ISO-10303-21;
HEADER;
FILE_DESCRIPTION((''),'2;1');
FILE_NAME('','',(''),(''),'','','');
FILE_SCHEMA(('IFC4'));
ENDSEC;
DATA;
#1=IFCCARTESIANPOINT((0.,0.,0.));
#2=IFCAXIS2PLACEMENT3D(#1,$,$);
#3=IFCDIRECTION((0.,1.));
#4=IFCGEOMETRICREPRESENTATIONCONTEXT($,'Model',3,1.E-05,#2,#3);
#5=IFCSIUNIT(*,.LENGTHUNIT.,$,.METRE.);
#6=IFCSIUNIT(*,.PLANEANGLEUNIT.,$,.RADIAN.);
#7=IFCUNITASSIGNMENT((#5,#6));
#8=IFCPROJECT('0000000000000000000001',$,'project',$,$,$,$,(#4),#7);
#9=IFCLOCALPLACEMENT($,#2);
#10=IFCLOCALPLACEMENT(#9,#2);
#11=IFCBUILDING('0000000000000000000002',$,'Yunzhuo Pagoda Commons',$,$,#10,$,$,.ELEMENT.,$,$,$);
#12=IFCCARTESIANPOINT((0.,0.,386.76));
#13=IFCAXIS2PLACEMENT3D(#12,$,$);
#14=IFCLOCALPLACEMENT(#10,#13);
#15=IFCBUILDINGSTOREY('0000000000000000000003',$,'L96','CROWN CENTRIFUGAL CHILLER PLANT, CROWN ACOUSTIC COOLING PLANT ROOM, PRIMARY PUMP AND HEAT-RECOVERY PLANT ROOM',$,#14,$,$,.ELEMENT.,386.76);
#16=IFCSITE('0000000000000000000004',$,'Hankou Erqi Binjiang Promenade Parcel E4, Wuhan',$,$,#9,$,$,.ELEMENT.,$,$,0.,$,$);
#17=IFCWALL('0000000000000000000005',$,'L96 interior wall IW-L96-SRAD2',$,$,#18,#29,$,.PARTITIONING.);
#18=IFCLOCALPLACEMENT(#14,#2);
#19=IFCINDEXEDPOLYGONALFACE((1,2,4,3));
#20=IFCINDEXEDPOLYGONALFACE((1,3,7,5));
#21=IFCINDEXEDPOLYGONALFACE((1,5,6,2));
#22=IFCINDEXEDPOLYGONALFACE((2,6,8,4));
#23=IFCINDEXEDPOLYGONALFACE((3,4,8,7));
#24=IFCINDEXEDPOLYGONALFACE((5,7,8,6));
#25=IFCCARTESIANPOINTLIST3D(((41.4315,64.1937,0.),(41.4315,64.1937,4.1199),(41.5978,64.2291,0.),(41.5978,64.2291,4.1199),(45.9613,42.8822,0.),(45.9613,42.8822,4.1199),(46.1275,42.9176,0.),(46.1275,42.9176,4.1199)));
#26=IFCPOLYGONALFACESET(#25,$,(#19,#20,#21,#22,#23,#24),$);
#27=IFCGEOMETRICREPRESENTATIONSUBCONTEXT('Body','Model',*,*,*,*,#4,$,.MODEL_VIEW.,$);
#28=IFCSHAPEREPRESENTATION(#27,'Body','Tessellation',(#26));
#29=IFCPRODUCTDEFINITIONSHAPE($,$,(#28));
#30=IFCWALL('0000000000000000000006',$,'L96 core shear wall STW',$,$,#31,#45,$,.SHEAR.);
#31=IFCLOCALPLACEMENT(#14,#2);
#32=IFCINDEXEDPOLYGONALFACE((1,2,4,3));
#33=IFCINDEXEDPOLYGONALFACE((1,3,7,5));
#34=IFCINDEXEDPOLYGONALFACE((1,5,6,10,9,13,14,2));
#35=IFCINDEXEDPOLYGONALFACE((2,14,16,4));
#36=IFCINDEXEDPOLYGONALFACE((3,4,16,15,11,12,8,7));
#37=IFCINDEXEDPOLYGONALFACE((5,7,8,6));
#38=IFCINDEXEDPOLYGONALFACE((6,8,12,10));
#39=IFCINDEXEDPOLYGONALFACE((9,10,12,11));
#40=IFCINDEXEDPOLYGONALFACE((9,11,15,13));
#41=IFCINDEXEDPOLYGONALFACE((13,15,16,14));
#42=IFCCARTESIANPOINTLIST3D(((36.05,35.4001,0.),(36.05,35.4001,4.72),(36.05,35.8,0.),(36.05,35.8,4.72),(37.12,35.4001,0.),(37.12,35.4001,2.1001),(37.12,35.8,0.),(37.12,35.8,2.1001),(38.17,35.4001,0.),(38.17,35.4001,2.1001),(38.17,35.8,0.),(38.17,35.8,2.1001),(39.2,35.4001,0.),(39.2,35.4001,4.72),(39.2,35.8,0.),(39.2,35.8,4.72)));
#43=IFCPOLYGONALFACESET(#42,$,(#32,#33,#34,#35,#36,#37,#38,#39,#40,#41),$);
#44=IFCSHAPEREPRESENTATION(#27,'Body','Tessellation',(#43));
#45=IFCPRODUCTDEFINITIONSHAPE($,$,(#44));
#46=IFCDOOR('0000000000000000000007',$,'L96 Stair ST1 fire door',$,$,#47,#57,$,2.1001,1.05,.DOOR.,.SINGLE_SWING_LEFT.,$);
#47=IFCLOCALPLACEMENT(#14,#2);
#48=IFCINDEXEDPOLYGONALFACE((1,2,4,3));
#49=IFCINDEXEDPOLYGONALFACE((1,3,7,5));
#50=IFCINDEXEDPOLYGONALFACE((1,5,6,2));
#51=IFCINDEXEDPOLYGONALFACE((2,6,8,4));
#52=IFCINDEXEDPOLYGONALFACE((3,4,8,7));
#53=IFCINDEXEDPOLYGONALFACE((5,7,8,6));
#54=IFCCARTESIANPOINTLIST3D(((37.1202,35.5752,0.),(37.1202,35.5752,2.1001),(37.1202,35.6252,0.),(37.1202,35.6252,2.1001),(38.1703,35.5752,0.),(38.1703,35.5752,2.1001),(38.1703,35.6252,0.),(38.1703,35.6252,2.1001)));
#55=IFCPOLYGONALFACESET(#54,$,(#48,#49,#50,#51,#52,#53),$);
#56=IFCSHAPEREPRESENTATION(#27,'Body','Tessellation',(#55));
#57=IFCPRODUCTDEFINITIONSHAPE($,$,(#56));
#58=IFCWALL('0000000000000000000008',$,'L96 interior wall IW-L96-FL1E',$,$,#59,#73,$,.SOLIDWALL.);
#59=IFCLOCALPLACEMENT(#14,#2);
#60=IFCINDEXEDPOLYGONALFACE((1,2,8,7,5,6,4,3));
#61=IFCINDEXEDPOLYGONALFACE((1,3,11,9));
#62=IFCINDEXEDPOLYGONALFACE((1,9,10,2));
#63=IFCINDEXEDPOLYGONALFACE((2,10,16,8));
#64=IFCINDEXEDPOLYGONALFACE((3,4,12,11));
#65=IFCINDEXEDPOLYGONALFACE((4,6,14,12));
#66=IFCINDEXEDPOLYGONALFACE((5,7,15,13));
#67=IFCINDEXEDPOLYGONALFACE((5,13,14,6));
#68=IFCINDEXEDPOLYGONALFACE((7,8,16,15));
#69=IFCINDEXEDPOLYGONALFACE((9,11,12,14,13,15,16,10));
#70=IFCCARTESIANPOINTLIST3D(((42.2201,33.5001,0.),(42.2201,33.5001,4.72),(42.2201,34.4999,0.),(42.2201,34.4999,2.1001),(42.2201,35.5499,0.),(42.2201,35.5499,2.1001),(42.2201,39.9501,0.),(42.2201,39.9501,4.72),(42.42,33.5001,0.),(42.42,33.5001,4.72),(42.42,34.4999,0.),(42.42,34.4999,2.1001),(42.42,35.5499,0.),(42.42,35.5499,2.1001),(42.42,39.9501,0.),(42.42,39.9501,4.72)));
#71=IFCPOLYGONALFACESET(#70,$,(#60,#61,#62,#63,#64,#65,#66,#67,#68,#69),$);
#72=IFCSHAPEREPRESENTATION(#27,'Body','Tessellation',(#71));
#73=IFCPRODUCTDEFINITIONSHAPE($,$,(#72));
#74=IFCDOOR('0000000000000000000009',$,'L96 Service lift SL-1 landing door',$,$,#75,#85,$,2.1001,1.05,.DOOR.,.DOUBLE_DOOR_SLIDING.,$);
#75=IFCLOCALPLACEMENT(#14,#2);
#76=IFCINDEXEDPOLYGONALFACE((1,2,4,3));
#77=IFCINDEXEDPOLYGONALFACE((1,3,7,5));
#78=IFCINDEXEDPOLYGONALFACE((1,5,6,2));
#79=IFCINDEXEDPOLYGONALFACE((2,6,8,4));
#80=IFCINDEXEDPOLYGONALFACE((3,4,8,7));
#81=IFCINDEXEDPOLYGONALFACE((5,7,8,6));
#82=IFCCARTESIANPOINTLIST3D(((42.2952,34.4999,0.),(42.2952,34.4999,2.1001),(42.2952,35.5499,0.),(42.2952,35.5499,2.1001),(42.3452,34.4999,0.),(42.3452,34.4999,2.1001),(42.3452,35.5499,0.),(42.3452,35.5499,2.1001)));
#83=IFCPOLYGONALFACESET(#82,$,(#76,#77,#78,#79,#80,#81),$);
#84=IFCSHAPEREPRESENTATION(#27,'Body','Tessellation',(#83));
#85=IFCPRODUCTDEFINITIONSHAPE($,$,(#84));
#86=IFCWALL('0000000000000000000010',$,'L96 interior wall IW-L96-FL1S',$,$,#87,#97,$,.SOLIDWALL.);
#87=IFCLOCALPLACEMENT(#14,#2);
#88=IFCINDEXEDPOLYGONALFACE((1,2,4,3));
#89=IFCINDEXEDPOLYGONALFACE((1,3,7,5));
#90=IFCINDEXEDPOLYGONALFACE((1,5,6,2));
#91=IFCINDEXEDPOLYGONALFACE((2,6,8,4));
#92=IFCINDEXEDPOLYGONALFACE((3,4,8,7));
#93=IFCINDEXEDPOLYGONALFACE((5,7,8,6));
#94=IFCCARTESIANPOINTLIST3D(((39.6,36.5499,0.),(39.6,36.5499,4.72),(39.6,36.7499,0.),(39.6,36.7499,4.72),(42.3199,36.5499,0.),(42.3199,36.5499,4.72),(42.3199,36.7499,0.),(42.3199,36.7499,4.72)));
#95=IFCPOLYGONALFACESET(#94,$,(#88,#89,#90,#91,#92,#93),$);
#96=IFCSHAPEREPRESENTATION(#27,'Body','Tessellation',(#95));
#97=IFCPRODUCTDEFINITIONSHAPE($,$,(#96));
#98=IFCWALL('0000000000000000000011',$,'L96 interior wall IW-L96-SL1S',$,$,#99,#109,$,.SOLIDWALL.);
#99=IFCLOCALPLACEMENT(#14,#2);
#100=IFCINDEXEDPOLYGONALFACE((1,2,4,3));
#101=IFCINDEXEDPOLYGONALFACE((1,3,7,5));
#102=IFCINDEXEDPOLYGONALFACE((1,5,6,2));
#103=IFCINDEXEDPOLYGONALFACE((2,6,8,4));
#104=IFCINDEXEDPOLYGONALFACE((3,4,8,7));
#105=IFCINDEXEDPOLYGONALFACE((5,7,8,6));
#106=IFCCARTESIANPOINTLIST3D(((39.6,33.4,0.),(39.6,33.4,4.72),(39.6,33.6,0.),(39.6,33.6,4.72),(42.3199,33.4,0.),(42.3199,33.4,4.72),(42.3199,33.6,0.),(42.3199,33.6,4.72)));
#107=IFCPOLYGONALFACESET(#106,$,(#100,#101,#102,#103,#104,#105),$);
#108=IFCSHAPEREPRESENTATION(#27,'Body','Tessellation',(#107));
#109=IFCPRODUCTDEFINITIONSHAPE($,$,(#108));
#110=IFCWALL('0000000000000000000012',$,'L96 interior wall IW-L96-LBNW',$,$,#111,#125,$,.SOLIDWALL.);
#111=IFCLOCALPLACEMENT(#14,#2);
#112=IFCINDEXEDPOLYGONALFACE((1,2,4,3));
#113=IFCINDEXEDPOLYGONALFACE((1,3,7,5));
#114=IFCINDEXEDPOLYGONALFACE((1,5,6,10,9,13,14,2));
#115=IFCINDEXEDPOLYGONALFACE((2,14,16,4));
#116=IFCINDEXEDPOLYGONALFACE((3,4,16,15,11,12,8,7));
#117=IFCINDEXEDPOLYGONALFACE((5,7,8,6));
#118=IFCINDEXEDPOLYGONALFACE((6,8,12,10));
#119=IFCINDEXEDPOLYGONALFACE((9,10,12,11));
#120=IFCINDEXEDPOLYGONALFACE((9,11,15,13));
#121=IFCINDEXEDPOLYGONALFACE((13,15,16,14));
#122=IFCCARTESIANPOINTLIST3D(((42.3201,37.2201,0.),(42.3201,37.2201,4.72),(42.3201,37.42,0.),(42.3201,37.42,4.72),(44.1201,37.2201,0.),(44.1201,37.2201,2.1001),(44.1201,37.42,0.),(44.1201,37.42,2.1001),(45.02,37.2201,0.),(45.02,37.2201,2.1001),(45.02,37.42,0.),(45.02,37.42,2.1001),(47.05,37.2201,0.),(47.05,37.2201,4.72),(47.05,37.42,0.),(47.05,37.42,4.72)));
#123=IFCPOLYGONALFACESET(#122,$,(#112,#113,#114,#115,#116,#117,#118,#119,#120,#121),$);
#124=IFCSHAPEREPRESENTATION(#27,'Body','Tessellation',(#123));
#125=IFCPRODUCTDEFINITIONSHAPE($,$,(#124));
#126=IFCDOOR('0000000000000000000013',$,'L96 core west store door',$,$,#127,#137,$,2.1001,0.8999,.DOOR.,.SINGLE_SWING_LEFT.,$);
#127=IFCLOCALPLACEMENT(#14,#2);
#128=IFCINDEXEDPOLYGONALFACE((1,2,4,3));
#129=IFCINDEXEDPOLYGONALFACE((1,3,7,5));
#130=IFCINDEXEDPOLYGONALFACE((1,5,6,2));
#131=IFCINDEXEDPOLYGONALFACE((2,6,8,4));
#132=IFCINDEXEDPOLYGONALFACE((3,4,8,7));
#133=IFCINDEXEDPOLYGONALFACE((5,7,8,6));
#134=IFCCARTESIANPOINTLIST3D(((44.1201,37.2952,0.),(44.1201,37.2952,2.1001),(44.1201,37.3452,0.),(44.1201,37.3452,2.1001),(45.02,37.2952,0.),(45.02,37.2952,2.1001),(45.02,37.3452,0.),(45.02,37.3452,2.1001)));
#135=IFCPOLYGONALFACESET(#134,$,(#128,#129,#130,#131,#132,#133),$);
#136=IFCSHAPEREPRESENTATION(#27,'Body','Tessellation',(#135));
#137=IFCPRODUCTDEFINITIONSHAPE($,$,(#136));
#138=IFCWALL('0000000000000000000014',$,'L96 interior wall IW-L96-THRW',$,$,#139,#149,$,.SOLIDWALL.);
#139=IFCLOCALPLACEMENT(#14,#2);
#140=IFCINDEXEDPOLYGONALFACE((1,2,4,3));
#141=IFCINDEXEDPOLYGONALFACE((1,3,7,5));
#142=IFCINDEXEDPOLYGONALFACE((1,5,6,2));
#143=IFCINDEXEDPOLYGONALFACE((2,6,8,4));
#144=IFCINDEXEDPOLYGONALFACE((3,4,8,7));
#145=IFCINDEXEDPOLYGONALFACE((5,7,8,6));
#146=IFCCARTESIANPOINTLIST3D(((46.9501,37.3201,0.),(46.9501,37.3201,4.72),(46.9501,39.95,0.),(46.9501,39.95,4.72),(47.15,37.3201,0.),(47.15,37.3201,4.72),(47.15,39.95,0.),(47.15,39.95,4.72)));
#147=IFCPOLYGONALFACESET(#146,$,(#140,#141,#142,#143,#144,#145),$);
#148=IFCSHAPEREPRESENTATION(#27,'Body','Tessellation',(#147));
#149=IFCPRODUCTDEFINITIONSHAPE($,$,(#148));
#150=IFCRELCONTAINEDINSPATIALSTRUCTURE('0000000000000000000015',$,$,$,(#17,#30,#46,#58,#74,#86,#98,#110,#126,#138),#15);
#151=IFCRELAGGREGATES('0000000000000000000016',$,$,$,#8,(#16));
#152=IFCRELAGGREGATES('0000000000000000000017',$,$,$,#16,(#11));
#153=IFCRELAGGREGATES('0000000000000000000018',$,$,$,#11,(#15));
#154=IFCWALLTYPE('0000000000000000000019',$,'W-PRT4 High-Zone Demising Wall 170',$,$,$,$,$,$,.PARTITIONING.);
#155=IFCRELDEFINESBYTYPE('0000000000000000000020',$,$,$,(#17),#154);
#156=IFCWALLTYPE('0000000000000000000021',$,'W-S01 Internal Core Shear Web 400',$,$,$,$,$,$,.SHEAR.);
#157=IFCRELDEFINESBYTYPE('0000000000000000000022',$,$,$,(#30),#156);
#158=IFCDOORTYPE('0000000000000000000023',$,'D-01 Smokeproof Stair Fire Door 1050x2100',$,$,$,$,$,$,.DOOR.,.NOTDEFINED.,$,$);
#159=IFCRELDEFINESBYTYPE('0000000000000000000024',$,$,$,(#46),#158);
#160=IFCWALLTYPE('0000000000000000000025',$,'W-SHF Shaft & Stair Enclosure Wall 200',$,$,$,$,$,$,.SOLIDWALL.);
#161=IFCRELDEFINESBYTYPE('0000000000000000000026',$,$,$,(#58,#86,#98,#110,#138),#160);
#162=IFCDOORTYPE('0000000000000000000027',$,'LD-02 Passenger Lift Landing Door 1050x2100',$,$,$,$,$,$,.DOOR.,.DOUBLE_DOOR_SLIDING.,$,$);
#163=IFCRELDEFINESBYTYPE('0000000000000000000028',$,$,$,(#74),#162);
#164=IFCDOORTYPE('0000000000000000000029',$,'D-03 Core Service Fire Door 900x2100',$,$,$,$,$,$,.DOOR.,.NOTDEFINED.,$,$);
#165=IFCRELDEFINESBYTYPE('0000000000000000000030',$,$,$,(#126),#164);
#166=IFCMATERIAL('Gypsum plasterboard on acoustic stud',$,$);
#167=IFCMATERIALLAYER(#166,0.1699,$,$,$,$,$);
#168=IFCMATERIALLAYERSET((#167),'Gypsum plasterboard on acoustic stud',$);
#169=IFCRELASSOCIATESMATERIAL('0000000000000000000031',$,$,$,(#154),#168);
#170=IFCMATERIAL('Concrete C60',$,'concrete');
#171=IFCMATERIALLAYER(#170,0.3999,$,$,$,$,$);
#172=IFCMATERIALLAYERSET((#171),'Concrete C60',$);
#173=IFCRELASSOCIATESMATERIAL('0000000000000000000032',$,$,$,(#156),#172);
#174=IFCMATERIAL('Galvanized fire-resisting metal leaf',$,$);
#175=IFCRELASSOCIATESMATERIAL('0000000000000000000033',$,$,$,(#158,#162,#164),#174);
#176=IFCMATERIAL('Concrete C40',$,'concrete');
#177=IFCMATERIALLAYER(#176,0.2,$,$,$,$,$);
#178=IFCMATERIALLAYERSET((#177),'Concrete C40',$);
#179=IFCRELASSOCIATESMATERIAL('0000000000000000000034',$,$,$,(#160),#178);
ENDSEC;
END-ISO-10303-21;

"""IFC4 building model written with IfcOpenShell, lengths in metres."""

from ifc_helpers import new_model, si_unit, direction, frame, frame_2d, origin, origin_with_axes, place, context, subcontext, project, spatial, rectangle, extrude, source, transform, mapped, material, layer, layer_set, type_object, element, fill, save


model = new_model("IFC4")

# Units and contexts
model_context = context("Model", 3, precision=1e-05, world=origin(), true_north=direction((0.0, 1.0)))
body_context = subcontext(model_context, "Body", "Model", "MODEL_VIEW")
ifc_project = project(units=[si_unit("LENGTHUNIT", "METRE"), si_unit("PLANEANGLEUNIT", "RADIAN")], contexts=[model_context])

# Site, building, storey
site_placement = place(None, origin())
site = spatial("IfcSite", under=ifc_project, at=site_placement, Name="Hankou Erqi Binjiang Promenade Parcel E4, Wuhan", CompositionType="ELEMENT", RefElevation=0.0)
building_placement = place(site_placement, origin())
building = spatial("IfcBuilding", under=site, at=building_placement, Name="Yunzhuo Pagoda Commons", CompositionType="ELEMENT")
storey_placement = place(building_placement, frame((0.0, 0.0, 386.76)))
storey = spatial("IfcBuildingStorey", under=building, at=storey_placement, Name="L96", Description="CROWN CENTRIFUGAL CHILLER PLANT, CROWN ACOUSTIC COOLING PLANT ROOM, PRIMARY PUMP AND HEAT-RECOVERY PLANT ROOM", CompositionType="ELEMENT", Elevation=386.76)

# Shared definitions
ifc_material_1 = material(Name="Galvanized fire-resisting metal leaf")
shared_shape_1 = source(origin(), body_context, "Body", "SweptSolid", [
    extrude(rectangle(XDim=1.05, YDim=2.1001, at=frame_2d((0.5249, 1.05))), frame((0.0, 0.0249, 0.0), z_axis=(0.0, -1.0, 0.0), x_axis=(1.0, 0.0, 0.0)), (0.0, 0.0, 1.0), 0.05),
])

# Wall
ifc_material_2 = material(Name="Gypsum plasterboard on acoustic stud")
ifc_layer_1 = layer(ifc_material_2, 0.1699)
ifc_layer_set_1 = layer_set([ifc_layer_1], Name="Gypsum plasterboard on acoustic stud")
wall_type_1 = type_object("IfcWallType", Name="W-PRT4 High-Zone Demising Wall 170", PredefinedType="PARTITIONING", material=ifc_layer_set_1)
wall_1_placement = place(storey_placement, frame((46.0444, 42.8999, 0.0), z_axis=(0.0, 0.0, 1.0), x_axis=(-0.207906, 0.978149, 0.0)))
element("IfcWall", 1, at=wall_1_placement, inside=storey, type_object=wall_type_1, Name="L96 interior wall IW-L96-SRAD2", PredefinedType="PARTITIONING", context=body_context, shape_type="SweptSolid", body=[
    extrude(rectangle(XDim=21.7876, YDim=0.1699, at=frame_2d((10.8938, 0.0))), origin(), (0.0, 0.0, 1.0), 4.1199),
])

# Walls, openings, doors
ifc_material_3 = material(Name="Concrete C60", Category="concrete")
ifc_layer_2 = layer(ifc_material_3, 0.3999)
ifc_layer_set_2 = layer_set([ifc_layer_2], Name="Concrete C60")
wall_type_2 = type_object("IfcWallType", Name="W-S01 Internal Core Shear Web 400", PredefinedType="SHEAR", material=ifc_layer_set_2)
wall_2_placement = place(storey_placement, frame((36.05, 35.6001, 0.0), z_axis=(0.0, 0.0, 1.0), x_axis=(1.0, 0.0, 0.0)))
wall_2 = element("IfcWall", 2, at=wall_2_placement, inside=storey, type_object=wall_type_2, Name="L96 core shear wall STW", PredefinedType="SHEAR", context=body_context, shape_type="SweptSolid", body=[
    extrude(rectangle(XDim=3.1499, YDim=0.3999, at=frame_2d((1.575, 0.0))), origin(), (0.0, 0.0, 1.0), 4.72),
])
opening_1_placement = place(wall_2_placement, frame((1.0701, 0.0, 0.0)))
opening_1 = element("IfcOpeningElement", 3, at=opening_1_placement, cuts=wall_2, PredefinedType="OPENING", context=body_context, shape_type="SweptSolid", body=[
    extrude(rectangle(XDim=1.05, YDim=2.1001, at=frame_2d((0.5249, 1.05))), frame((0.0, 0.21, 0.0), z_axis=(0.0, -1.0, 0.0), x_axis=(1.0, 0.0, 0.0)), (0.0, 0.0, 1.0), 0.4199),
])
door_type_1 = type_object("IfcDoorType", Name="D-01 Smokeproof Stair Fire Door 1050x2100", OperationType="NOTDEFINED", PredefinedType="DOOR", material=ifc_material_1)
door_1_placement = place(opening_1_placement, frame((1.05, 0.0, 0.0), z_axis=(0.0, 0.0, 1.0), x_axis=(-1.0, 0.0, 0.0)))
door_1 = element("IfcDoor", 4, at=door_1_placement, inside=storey, type_object=door_type_1, Name="L96 Stair ST1 fire door", OperationType="SINGLE_SWING_LEFT", OverallHeight=2.1001, OverallWidth=1.05, PredefinedType="DOOR", context=body_context, shape_type="MappedRepresentation", body=[
    mapped(shared_shape_1, transform((0.0, 0.0, 0.0), scale=1.0)),
])
fill(opening_1, door_1)
ifc_material_4 = material(Name="Concrete C40", Category="concrete")
ifc_layer_3 = layer(ifc_material_4, 0.2)
ifc_layer_set_3 = layer_set([ifc_layer_3], Name="Concrete C40")
wall_type_3 = type_object("IfcWallType", Name="W-SHF Shaft & Stair Enclosure Wall 200", PredefinedType="SOLIDWALL", material=ifc_layer_set_3)
wall_3_placement = place(storey_placement, frame((42.3201, 33.5, 0.0), z_axis=(0.0, 0.0, 1.0), x_axis=(0.0, 1.0, 0.0)))
wall_3 = element("IfcWall", 5, at=wall_3_placement, inside=storey, type_object=wall_type_3, Name="L96 interior wall IW-L96-FL1E", PredefinedType="SOLIDWALL", context=body_context, shape_type="SweptSolid", body=[
    extrude(rectangle(XDim=6.45, YDim=0.2, at=frame_2d((3.2251, 0.0))), origin(), (0.0, 0.0, 1.0), 4.72),
])
opening_2_placement = place(wall_3_placement, frame((1.0, 0.0, 0.0)))
opening_2 = element("IfcOpeningElement", 6, at=opening_2_placement, cuts=wall_3, PredefinedType="OPENING", context=body_context, shape_type="SweptSolid", body=[
    extrude(rectangle(XDim=1.05, YDim=2.1001, at=frame_2d((0.5249, 1.05))), frame((0.0, 0.1099, 0.0), z_axis=(0.0, -1.0, 0.0), x_axis=(1.0, 0.0, 0.0)), (0.0, 0.0, 1.0), 0.22),
])
door_type_2 = type_object("IfcDoorType", Name="LD-02 Passenger Lift Landing Door 1050x2100", OperationType="DOUBLE_DOOR_SLIDING", PredefinedType="DOOR", material=ifc_material_1)
door_2_placement = place(opening_2_placement, origin_with_axes())
door_2 = element("IfcDoor", 7, at=door_2_placement, inside=storey, type_object=door_type_2, Name="L96 Service lift SL-1 landing door", OperationType="DOUBLE_DOOR_SLIDING", OverallHeight=2.1001, OverallWidth=1.05, PredefinedType="DOOR", context=body_context, shape_type="MappedRepresentation", body=[
    mapped(shared_shape_1, transform((0.0, 0.0, 0.0), scale=1.0)),
])
fill(opening_2, door_2)

# Walls
for number, where, z_axis, x_axis, name in (
    (8, (39.6001, 36.6499, 0.0), (0.0, 0.0, 1.0), (1.0, 0.0, 0.0), "L96 interior wall IW-L96-FL1S"),
    (9, (39.6001, 33.5, 0.0), (0.0, 0.0, 1.0), (1.0, 0.0, 0.0), "L96 interior wall IW-L96-SL1S"),
):
    element("IfcWall", number, at=place(storey_placement, frame(where, z_axis=z_axis, x_axis=x_axis)), inside=storey, type_object=wall_type_3, Name=name, PredefinedType="SOLIDWALL", context=body_context, shape_type="SweptSolid", body=[
        extrude(rectangle(XDim=2.72, YDim=0.2, at=frame_2d((1.3599, 0.0))), origin(), (0.0, 0.0, 1.0), 4.72),
    ])

# Wall, opening, door
wall_4_placement = place(storey_placement, frame((42.3201, 37.3201, 0.0), z_axis=(0.0, 0.0, 1.0), x_axis=(1.0, 0.0, 0.0)))
wall_4 = element("IfcWall", 10, at=wall_4_placement, inside=storey, type_object=wall_type_3, Name="L96 interior wall IW-L96-LBNW", PredefinedType="SOLIDWALL", context=body_context, shape_type="SweptSolid", body=[
    extrude(rectangle(XDim=4.73, YDim=0.2, at=frame_2d((2.365, 0.0))), origin(), (0.0, 0.0, 1.0), 4.72),
])
opening_3_placement = place(wall_4_placement, frame((1.8, 0.0, 0.0)))
opening_3 = element("IfcOpeningElement", 11, at=opening_3_placement, cuts=wall_4, PredefinedType="OPENING", context=body_context, shape_type="SweptSolid", body=[
    extrude(rectangle(XDim=0.8999, YDim=2.1001, at=frame_2d((0.45, 1.05))), frame((0.0, 0.1099, 0.0), z_axis=(0.0, -1.0, 0.0), x_axis=(1.0, 0.0, 0.0)), (0.0, 0.0, 1.0), 0.22),
])
door_type_3 = type_object("IfcDoorType", Name="D-03 Core Service Fire Door 900x2100", OperationType="NOTDEFINED", PredefinedType="DOOR", material=ifc_material_1)
shared_shape_2 = source(origin(), body_context, "Body", "SweptSolid", [
    extrude(rectangle(XDim=0.8999, YDim=2.1001, at=frame_2d((0.45, 1.05))), frame((0.0, 0.0249, 0.0), z_axis=(0.0, -1.0, 0.0), x_axis=(1.0, 0.0, 0.0)), (0.0, 0.0, 1.0), 0.05),
])
door_3_placement = place(opening_3_placement, frame((0.8999, 0.0, 0.0), z_axis=(0.0, 0.0, 1.0), x_axis=(-1.0, 0.0, 0.0)))
door_3 = element("IfcDoor", 12, at=door_3_placement, inside=storey, type_object=door_type_3, Name="L96 core west store door", OperationType="SINGLE_SWING_LEFT", OverallHeight=2.1001, OverallWidth=0.8999, PredefinedType="DOOR", context=body_context, shape_type="MappedRepresentation", body=[
    mapped(shared_shape_2, transform((0.0, 0.0, 0.0), scale=1.0)),
])
fill(opening_3, door_3)

# Wall
wall_5_placement = place(storey_placement, frame((47.05, 37.3201, 0.0), z_axis=(0.0, 0.0, 1.0), x_axis=(0.0, 1.0, 0.0)))
element("IfcWall", 13, at=wall_5_placement, inside=storey, type_object=wall_type_3, Name="L96 interior wall IW-L96-THRW", PredefinedType="SOLIDWALL", context=body_context, shape_type="SweptSolid", body=[
    extrude(rectangle(XDim=2.6299, YDim=0.2, at=frame_2d((1.3149, 0.0))), origin(), (0.0, 0.0, 1.0), 4.72),
])

save(model, "model.ifc")
